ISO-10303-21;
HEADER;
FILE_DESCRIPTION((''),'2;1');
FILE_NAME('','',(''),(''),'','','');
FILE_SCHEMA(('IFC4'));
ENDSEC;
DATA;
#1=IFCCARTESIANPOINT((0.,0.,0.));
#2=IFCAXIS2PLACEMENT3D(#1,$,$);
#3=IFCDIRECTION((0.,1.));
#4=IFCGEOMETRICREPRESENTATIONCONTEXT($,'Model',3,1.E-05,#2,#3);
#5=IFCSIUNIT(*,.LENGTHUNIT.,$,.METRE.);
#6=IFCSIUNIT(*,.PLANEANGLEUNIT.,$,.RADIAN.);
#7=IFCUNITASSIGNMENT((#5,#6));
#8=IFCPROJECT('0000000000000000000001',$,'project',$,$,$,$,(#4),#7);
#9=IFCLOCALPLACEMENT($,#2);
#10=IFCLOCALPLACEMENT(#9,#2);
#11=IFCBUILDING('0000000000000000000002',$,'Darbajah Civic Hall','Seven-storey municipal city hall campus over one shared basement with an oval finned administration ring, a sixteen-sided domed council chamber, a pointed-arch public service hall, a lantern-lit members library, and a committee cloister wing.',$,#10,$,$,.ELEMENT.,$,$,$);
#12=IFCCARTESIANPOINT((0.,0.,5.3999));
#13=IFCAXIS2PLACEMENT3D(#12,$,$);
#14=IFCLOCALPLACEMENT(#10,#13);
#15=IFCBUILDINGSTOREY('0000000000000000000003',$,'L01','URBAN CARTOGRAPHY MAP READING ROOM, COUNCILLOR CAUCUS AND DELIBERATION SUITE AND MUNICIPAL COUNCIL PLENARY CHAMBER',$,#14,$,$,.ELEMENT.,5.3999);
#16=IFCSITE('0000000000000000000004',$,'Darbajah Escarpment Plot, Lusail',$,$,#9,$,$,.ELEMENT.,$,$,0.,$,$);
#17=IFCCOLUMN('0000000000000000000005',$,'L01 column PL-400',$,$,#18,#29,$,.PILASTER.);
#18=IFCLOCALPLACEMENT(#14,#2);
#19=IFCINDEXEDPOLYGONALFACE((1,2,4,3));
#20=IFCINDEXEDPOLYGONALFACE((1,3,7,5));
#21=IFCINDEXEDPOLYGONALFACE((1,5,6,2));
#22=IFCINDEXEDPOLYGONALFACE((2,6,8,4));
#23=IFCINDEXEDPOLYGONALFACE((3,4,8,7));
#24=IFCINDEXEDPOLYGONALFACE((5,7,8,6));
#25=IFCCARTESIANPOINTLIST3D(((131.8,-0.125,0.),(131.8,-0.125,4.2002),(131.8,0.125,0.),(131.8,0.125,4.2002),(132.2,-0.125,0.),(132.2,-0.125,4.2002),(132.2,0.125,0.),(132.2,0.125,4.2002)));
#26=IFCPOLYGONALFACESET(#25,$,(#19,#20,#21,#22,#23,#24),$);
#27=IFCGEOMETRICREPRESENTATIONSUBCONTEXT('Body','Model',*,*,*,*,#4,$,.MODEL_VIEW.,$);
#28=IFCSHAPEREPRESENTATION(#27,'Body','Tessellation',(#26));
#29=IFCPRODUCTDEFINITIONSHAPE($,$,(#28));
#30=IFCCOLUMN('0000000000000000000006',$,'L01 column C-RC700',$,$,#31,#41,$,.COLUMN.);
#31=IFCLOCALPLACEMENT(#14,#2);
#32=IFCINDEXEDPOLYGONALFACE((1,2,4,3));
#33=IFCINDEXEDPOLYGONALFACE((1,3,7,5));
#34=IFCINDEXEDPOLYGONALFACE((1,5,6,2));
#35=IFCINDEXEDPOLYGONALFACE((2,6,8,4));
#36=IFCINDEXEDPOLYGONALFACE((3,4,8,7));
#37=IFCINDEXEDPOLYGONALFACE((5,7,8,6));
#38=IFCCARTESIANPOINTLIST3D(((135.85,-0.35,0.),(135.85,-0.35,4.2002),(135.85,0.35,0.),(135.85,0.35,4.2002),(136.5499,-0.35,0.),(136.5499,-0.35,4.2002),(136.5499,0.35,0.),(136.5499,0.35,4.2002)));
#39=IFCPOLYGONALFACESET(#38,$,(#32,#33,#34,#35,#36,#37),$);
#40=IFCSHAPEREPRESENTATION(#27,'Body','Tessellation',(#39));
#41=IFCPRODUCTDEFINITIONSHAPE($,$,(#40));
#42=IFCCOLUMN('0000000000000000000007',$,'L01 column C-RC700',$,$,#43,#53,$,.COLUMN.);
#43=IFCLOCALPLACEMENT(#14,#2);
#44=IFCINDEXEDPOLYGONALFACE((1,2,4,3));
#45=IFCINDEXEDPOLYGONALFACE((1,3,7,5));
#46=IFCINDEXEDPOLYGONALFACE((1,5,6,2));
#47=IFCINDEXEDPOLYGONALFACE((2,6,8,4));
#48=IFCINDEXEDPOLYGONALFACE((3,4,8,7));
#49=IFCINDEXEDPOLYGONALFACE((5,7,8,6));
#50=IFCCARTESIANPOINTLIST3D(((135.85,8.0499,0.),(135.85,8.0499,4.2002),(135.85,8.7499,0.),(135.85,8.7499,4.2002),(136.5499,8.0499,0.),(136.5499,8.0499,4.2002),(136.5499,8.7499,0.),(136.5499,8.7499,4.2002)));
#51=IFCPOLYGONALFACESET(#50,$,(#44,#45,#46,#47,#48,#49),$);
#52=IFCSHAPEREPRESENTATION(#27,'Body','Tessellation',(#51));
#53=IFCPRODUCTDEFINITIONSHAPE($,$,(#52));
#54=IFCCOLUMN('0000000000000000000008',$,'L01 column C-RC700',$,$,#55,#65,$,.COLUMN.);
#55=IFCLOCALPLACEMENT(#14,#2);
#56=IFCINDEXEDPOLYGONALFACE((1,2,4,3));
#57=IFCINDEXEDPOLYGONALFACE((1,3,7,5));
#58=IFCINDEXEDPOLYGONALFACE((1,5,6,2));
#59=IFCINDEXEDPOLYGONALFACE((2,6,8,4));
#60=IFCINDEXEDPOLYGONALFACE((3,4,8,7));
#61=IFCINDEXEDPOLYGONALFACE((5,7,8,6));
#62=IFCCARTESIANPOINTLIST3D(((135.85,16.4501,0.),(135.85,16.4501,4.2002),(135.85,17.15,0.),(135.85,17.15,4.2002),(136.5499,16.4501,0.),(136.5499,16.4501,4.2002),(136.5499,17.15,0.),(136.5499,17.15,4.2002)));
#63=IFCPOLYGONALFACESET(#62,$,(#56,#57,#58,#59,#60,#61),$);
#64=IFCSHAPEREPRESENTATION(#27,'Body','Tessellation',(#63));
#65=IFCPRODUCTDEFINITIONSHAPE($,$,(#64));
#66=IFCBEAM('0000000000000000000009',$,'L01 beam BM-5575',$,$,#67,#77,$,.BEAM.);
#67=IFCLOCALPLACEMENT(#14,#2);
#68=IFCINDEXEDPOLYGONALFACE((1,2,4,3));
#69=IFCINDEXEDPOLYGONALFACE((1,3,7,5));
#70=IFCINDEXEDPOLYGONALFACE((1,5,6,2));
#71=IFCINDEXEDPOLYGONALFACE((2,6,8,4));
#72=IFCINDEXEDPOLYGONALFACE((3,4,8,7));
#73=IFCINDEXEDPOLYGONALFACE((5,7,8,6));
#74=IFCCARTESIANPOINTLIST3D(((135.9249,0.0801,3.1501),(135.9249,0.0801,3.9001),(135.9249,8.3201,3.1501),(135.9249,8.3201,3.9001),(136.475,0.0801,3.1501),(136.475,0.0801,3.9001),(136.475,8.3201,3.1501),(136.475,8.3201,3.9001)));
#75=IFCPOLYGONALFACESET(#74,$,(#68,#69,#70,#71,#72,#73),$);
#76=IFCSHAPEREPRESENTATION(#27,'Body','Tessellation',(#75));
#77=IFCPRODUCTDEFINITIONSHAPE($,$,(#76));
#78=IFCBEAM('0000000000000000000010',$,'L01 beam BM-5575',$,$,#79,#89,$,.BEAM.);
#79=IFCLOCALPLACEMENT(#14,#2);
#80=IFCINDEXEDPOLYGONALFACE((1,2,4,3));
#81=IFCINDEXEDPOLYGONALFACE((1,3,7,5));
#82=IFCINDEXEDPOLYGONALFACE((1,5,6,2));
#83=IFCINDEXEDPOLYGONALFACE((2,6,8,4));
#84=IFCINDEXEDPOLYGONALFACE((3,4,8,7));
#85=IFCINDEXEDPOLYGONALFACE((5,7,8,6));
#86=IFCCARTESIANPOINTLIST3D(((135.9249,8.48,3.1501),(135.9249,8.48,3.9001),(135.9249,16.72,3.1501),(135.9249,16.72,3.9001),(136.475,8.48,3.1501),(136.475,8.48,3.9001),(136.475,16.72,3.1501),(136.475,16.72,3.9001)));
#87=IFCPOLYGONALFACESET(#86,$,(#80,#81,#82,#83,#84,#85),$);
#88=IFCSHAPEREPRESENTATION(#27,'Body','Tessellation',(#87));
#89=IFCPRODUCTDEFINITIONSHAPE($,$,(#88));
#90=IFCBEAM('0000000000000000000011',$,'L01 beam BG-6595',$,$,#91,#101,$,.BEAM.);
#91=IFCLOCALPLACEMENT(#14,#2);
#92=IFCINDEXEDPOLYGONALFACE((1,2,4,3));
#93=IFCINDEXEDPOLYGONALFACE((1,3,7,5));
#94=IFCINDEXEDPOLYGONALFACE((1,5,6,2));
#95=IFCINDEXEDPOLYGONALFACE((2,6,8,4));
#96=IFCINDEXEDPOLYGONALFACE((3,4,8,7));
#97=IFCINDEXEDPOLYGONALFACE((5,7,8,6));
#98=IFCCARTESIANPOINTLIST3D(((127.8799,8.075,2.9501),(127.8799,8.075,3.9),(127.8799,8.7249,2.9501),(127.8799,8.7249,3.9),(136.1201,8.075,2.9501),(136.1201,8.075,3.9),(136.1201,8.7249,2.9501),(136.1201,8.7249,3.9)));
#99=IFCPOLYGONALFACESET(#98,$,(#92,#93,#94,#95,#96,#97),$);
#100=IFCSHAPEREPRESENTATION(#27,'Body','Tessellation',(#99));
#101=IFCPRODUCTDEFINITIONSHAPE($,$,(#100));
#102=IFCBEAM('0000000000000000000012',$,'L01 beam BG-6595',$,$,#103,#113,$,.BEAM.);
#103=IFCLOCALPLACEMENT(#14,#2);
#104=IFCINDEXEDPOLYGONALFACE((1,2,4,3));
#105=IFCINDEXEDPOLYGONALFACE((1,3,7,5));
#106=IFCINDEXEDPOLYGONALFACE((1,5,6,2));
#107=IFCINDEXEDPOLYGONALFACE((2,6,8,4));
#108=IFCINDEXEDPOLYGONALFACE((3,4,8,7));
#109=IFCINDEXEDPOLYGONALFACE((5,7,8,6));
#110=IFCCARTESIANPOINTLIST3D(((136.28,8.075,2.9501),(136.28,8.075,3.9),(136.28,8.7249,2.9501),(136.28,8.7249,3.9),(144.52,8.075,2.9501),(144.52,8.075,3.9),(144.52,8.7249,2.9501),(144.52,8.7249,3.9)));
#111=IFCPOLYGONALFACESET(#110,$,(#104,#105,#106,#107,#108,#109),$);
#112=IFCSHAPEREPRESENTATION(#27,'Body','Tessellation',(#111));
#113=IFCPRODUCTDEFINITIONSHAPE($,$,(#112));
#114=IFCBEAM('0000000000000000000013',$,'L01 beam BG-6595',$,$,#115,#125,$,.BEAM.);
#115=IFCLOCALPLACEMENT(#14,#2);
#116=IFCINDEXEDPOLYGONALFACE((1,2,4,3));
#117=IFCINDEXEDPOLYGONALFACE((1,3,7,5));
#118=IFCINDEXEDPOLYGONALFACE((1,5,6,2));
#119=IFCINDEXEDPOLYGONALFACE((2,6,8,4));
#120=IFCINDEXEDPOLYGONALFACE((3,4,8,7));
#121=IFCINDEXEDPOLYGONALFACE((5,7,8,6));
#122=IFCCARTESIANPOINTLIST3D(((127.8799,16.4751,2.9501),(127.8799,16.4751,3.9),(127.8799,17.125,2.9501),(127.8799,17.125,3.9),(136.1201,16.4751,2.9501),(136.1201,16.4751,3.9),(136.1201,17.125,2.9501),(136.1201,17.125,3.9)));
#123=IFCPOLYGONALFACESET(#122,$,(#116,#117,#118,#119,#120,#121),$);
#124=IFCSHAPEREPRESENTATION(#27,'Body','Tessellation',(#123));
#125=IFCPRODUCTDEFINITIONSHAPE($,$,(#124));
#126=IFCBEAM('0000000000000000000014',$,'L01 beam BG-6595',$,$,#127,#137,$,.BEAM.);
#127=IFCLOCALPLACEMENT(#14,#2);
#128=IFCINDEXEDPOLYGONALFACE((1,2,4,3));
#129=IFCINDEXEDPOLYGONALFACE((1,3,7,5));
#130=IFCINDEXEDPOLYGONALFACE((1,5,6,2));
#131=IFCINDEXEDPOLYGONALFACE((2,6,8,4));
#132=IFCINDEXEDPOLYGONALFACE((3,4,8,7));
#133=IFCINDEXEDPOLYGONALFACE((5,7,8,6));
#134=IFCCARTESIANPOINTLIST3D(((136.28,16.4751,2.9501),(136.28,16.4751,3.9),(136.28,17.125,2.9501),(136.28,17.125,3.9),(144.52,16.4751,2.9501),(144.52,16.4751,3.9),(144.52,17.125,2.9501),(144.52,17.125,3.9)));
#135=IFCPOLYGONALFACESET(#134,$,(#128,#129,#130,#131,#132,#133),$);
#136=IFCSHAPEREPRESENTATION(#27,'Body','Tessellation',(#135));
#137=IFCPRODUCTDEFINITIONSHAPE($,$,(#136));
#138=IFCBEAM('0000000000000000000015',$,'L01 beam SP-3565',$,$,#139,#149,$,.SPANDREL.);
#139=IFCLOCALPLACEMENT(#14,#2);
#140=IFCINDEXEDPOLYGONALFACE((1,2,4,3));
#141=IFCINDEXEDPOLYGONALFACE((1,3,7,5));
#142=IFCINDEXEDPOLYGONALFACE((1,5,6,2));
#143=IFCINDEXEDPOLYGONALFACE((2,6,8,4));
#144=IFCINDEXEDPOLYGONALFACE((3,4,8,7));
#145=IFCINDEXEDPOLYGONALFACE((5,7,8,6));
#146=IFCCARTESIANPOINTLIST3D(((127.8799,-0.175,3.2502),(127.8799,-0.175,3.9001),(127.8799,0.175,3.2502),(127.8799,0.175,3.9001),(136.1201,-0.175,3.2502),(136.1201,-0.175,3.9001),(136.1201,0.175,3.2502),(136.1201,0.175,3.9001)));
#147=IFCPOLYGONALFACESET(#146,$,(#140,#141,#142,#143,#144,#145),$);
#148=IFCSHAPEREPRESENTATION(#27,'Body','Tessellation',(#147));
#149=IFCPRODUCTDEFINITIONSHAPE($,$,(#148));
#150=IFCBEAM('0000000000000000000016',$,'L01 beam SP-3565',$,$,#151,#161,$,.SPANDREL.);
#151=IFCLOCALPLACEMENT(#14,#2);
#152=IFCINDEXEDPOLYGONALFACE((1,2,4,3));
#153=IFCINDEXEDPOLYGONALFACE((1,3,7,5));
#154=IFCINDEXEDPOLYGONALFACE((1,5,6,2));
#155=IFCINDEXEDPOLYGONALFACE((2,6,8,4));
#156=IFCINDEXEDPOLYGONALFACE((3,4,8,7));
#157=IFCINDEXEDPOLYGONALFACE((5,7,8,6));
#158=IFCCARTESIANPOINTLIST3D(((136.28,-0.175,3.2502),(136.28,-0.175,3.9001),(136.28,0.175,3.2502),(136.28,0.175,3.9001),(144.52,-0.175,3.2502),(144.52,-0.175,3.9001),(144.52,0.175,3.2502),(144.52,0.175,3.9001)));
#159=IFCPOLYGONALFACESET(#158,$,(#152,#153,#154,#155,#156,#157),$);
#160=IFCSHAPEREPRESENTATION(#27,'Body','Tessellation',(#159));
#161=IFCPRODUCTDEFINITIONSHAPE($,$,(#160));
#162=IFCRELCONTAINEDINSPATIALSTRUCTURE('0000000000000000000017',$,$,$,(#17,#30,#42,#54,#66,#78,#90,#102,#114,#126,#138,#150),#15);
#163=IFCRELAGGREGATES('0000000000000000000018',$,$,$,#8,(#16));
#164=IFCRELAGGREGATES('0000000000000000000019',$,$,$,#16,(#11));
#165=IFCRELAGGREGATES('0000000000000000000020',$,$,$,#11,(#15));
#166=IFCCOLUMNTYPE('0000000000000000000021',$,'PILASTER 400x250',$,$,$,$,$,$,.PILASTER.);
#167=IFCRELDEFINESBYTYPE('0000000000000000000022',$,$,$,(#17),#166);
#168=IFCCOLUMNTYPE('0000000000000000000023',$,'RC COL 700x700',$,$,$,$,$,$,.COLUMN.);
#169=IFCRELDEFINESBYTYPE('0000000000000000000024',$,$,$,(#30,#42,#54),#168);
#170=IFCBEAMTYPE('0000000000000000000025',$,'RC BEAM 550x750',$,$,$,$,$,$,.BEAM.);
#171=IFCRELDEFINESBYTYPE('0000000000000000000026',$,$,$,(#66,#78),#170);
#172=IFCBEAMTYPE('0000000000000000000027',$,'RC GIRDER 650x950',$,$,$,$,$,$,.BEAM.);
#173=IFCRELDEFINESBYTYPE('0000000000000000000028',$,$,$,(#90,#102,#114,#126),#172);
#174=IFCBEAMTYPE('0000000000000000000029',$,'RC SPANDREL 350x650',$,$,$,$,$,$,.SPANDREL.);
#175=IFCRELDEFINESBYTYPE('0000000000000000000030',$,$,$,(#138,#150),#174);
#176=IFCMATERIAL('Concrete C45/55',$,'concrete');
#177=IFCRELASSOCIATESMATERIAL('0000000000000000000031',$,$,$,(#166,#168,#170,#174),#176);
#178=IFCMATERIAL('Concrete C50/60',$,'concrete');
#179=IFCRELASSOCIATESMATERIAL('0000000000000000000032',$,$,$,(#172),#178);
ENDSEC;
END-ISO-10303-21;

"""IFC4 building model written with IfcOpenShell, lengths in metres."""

from ifc_helpers import new_model, si_unit, direction, frame, origin, origin_2d, place, context, subcontext, project, spatial, rectangle, extrude, material, material_profile, profile_set, type_object, element, save


model = new_model("IFC4")

# Units and contexts
model_context = context("Model", 3, precision=1e-05, world=origin(), true_north=direction((0.0, 1.0)))
body_context = subcontext(model_context, "Body", "Model", "MODEL_VIEW")
ifc_project = project(units=[si_unit("LENGTHUNIT", "METRE"), si_unit("PLANEANGLEUNIT", "RADIAN")], contexts=[model_context])

# Site, building, storey
site_placement = place(None, origin())
site = spatial("IfcSite", under=ifc_project, at=site_placement, Name="Darbajah Escarpment Plot, Lusail", CompositionType="ELEMENT", RefElevation=0.0)
building_placement = place(site_placement, origin())
building = spatial("IfcBuilding", under=site, at=building_placement, Name="Darbajah Civic Hall", Description="Seven-storey municipal city hall campus over one shared basement with an oval finned administration ring, a sixteen-sided domed council chamber, a pointed-arch public service hall, a lantern-lit members library, and a committee cloister wing.", CompositionType="ELEMENT")
storey_placement = place(building_placement, frame((0.0, 0.0, 5.3999)))
storey = spatial("IfcBuildingStorey", under=building, at=storey_placement, Name="L01", Description="URBAN CARTOGRAPHY MAP READING ROOM, COUNCILLOR CAUCUS AND DELIBERATION SUITE AND MUNICIPAL COUNCIL PLENARY CHAMBER", CompositionType="ELEMENT", Elevation=5.3999)

# Columns
ifc_material_1 = material(Name="Concrete C45/55", Category="concrete")
ifc_material_profile_1 = material_profile(ifc_material_1, rectangle(XDim=0.3999, YDim=0.25, at=origin_2d()), Name="PILASTER 400x250")
ifc_profile_set_1 = profile_set([ifc_material_profile_1], Name="Concrete C45/55")
column_type_1 = type_object("IfcColumnType", Name="PILASTER 400x250", PredefinedType="PILASTER", material=ifc_profile_set_1)
column_placement = place(storey_placement, frame((132.0, 0.0, 0.0), z_axis=(0.0, 0.0, 1.0), x_axis=(1.0, 0.0, 0.0)))
element("IfcColumn", 1, at=column_placement, inside=storey, type_object=column_type_1, Name="L01 column PL-400", PredefinedType="PILASTER", context=body_context, shape_type="SweptSolid", body=[
    extrude(rectangle(XDim=0.3999, YDim=0.25, at=origin_2d()), origin(), (0.0, 0.0, 1.0), 4.2002),
])
ifc_material_profile_2 = material_profile(ifc_material_1, rectangle(XDim=0.7, YDim=0.7, at=origin_2d()), Name="RC COL 700x700")
ifc_profile_set_2 = profile_set([ifc_material_profile_2], Name="Concrete C45/55")
column_type_2 = type_object("IfcColumnType", Name="RC COL 700x700", PredefinedType="COLUMN", material=ifc_profile_set_2)
for number, where, z_axis, x_axis, name in (
    (2, (136.2, 0.0, 0.0), (0.0, 0.0, 1.0), (1.0, 0.0, 0.0), "L01 column C-RC700"),
    (3, (136.2, 8.3999, 0.0), (0.0, 0.0, 1.0), (1.0, 0.0, 0.0), "L01 column C-RC700"),
    (4, (136.2, 16.8, 0.0), (0.0, 0.0, 1.0), (1.0, 0.0, 0.0), "L01 column C-RC700"),
):
    element("IfcColumn", number, at=place(storey_placement, frame(where, z_axis=z_axis, x_axis=x_axis)), inside=storey, type_object=column_type_2, Name=name, PredefinedType="COLUMN", context=body_context, shape_type="SweptSolid", body=[
        extrude(rectangle(XDim=0.7, YDim=0.7, at=origin_2d()), origin(), (0.0, 0.0, 1.0), 4.2002),
    ])

# Beams
ifc_material_profile_3 = material_profile(ifc_material_1, rectangle(XDim=0.55, YDim=0.75, at=origin_2d()), Name="RC BEAM 550x750")
ifc_profile_set_3 = profile_set([ifc_material_profile_3], Name="Concrete C45/55")
beam_type_1 = type_object("IfcBeamType", Name="RC BEAM 550x750", PredefinedType="BEAM", material=ifc_profile_set_3)
for number, where, z_axis, x_axis, name in (
    (5, (136.2, 0.0801, 3.5251), (0.0, 1.0, 0.0), (-1.0, 0.0, 0.0), "L01 beam BM-5575"),
    (6, (136.2, 8.48, 3.5251), (0.0, 1.0, 0.0), (-1.0, 0.0, 0.0), "L01 beam BM-5575"),
):
    element("IfcBeam", number, at=place(storey_placement, frame(where, z_axis=z_axis, x_axis=x_axis)), inside=storey, type_object=beam_type_1, Name=name, PredefinedType="BEAM", context=body_context, shape_type="SweptSolid", body=[
        extrude(rectangle(XDim=0.55, YDim=0.75, at=origin_2d()), origin(), (0.0, 0.0, 1.0), 8.24),
    ])
ifc_material_2 = material(Name="Concrete C50/60", Category="concrete")
ifc_material_profile_4 = material_profile(ifc_material_2, rectangle(XDim=0.6499, YDim=0.95, at=origin_2d()), Name="RC GIRDER 650x950")
ifc_profile_set_4 = profile_set([ifc_material_profile_4], Name="Concrete C50/60")
beam_type_2 = type_object("IfcBeamType", Name="RC GIRDER 650x950", PredefinedType="BEAM", material=ifc_profile_set_4)
beam_1_placement = place(storey_placement, frame((127.8799, 8.3999, 3.425), z_axis=(1.0, 0.0, 0.0), x_axis=(0.0, 1.0, 0.0)))
element("IfcBeam", 7, at=beam_1_placement, inside=storey, type_object=beam_type_2, Name="L01 beam BG-6595", PredefinedType="BEAM", context=body_context, shape_type="SweptSolid", body=[
    extrude(rectangle(XDim=0.6499, YDim=0.95, at=origin_2d()), origin(), (0.0, 0.0, 1.0), 8.2402),
])
beam_2_placement = place(storey_placement, frame((136.28, 8.3999, 3.425), z_axis=(1.0, 0.0, 0.0), x_axis=(0.0, 1.0, 0.0)))
element("IfcBeam", 8, at=beam_2_placement, inside=storey, type_object=beam_type_2, Name="L01 beam BG-6595", PredefinedType="BEAM", context=body_context, shape_type="SweptSolid", body=[
    extrude(rectangle(XDim=0.6499, YDim=0.95, at=origin_2d()), origin(), (0.0, 0.0, 1.0), 8.24),
])
beam_3_placement = place(storey_placement, frame((127.8799, 16.8, 3.425), z_axis=(1.0, 0.0, 0.0), x_axis=(0.0, 1.0, 0.0)))
element("IfcBeam", 9, at=beam_3_placement, inside=storey, type_object=beam_type_2, Name="L01 beam BG-6595", PredefinedType="BEAM", context=body_context, shape_type="SweptSolid", body=[
    extrude(rectangle(XDim=0.6499, YDim=0.95, at=origin_2d()), origin(), (0.0, 0.0, 1.0), 8.2402),
])
beam_4_placement = place(storey_placement, frame((136.28, 16.8, 3.425), z_axis=(1.0, 0.0, 0.0), x_axis=(0.0, 1.0, 0.0)))
element("IfcBeam", 10, at=beam_4_placement, inside=storey, type_object=beam_type_2, Name="L01 beam BG-6595", PredefinedType="BEAM", context=body_context, shape_type="SweptSolid", body=[
    extrude(rectangle(XDim=0.6499, YDim=0.95, at=origin_2d()), origin(), (0.0, 0.0, 1.0), 8.24),
])
ifc_material_profile_5 = material_profile(ifc_material_1, rectangle(XDim=0.3501, YDim=0.6499, at=origin_2d()), Name="RC SPANDREL 350x650")
ifc_profile_set_5 = profile_set([ifc_material_profile_5], Name="Concrete C45/55")
beam_type_3 = type_object("IfcBeamType", Name="RC SPANDREL 350x650", PredefinedType="SPANDREL", material=ifc_profile_set_5)
beam_5_placement = place(storey_placement, frame((127.8799, 0.0, 3.5752), z_axis=(1.0, 0.0, 0.0), x_axis=(0.0, 1.0, 0.0)))
element("IfcBeam", 11, at=beam_5_placement, inside=storey, type_object=beam_type_3, Name="L01 beam SP-3565", PredefinedType="SPANDREL", context=body_context, shape_type="SweptSolid", body=[
    extrude(rectangle(XDim=0.3501, YDim=0.6499, at=origin_2d()), origin(), (0.0, 0.0, 1.0), 8.2402),
])
beam_6_placement = place(storey_placement, frame((136.28, 0.0, 3.5752), z_axis=(1.0, 0.0, 0.0), x_axis=(0.0, 1.0, 0.0)))
element("IfcBeam", 12, at=beam_6_placement, inside=storey, type_object=beam_type_3, Name="L01 beam SP-3565", PredefinedType="SPANDREL", context=body_context, shape_type="SweptSolid", body=[
    extrude(rectangle(XDim=0.3501, YDim=0.6499, at=origin_2d()), origin(), (0.0, 0.0, 1.0), 8.24),
])

save(model, "model.ifc")
